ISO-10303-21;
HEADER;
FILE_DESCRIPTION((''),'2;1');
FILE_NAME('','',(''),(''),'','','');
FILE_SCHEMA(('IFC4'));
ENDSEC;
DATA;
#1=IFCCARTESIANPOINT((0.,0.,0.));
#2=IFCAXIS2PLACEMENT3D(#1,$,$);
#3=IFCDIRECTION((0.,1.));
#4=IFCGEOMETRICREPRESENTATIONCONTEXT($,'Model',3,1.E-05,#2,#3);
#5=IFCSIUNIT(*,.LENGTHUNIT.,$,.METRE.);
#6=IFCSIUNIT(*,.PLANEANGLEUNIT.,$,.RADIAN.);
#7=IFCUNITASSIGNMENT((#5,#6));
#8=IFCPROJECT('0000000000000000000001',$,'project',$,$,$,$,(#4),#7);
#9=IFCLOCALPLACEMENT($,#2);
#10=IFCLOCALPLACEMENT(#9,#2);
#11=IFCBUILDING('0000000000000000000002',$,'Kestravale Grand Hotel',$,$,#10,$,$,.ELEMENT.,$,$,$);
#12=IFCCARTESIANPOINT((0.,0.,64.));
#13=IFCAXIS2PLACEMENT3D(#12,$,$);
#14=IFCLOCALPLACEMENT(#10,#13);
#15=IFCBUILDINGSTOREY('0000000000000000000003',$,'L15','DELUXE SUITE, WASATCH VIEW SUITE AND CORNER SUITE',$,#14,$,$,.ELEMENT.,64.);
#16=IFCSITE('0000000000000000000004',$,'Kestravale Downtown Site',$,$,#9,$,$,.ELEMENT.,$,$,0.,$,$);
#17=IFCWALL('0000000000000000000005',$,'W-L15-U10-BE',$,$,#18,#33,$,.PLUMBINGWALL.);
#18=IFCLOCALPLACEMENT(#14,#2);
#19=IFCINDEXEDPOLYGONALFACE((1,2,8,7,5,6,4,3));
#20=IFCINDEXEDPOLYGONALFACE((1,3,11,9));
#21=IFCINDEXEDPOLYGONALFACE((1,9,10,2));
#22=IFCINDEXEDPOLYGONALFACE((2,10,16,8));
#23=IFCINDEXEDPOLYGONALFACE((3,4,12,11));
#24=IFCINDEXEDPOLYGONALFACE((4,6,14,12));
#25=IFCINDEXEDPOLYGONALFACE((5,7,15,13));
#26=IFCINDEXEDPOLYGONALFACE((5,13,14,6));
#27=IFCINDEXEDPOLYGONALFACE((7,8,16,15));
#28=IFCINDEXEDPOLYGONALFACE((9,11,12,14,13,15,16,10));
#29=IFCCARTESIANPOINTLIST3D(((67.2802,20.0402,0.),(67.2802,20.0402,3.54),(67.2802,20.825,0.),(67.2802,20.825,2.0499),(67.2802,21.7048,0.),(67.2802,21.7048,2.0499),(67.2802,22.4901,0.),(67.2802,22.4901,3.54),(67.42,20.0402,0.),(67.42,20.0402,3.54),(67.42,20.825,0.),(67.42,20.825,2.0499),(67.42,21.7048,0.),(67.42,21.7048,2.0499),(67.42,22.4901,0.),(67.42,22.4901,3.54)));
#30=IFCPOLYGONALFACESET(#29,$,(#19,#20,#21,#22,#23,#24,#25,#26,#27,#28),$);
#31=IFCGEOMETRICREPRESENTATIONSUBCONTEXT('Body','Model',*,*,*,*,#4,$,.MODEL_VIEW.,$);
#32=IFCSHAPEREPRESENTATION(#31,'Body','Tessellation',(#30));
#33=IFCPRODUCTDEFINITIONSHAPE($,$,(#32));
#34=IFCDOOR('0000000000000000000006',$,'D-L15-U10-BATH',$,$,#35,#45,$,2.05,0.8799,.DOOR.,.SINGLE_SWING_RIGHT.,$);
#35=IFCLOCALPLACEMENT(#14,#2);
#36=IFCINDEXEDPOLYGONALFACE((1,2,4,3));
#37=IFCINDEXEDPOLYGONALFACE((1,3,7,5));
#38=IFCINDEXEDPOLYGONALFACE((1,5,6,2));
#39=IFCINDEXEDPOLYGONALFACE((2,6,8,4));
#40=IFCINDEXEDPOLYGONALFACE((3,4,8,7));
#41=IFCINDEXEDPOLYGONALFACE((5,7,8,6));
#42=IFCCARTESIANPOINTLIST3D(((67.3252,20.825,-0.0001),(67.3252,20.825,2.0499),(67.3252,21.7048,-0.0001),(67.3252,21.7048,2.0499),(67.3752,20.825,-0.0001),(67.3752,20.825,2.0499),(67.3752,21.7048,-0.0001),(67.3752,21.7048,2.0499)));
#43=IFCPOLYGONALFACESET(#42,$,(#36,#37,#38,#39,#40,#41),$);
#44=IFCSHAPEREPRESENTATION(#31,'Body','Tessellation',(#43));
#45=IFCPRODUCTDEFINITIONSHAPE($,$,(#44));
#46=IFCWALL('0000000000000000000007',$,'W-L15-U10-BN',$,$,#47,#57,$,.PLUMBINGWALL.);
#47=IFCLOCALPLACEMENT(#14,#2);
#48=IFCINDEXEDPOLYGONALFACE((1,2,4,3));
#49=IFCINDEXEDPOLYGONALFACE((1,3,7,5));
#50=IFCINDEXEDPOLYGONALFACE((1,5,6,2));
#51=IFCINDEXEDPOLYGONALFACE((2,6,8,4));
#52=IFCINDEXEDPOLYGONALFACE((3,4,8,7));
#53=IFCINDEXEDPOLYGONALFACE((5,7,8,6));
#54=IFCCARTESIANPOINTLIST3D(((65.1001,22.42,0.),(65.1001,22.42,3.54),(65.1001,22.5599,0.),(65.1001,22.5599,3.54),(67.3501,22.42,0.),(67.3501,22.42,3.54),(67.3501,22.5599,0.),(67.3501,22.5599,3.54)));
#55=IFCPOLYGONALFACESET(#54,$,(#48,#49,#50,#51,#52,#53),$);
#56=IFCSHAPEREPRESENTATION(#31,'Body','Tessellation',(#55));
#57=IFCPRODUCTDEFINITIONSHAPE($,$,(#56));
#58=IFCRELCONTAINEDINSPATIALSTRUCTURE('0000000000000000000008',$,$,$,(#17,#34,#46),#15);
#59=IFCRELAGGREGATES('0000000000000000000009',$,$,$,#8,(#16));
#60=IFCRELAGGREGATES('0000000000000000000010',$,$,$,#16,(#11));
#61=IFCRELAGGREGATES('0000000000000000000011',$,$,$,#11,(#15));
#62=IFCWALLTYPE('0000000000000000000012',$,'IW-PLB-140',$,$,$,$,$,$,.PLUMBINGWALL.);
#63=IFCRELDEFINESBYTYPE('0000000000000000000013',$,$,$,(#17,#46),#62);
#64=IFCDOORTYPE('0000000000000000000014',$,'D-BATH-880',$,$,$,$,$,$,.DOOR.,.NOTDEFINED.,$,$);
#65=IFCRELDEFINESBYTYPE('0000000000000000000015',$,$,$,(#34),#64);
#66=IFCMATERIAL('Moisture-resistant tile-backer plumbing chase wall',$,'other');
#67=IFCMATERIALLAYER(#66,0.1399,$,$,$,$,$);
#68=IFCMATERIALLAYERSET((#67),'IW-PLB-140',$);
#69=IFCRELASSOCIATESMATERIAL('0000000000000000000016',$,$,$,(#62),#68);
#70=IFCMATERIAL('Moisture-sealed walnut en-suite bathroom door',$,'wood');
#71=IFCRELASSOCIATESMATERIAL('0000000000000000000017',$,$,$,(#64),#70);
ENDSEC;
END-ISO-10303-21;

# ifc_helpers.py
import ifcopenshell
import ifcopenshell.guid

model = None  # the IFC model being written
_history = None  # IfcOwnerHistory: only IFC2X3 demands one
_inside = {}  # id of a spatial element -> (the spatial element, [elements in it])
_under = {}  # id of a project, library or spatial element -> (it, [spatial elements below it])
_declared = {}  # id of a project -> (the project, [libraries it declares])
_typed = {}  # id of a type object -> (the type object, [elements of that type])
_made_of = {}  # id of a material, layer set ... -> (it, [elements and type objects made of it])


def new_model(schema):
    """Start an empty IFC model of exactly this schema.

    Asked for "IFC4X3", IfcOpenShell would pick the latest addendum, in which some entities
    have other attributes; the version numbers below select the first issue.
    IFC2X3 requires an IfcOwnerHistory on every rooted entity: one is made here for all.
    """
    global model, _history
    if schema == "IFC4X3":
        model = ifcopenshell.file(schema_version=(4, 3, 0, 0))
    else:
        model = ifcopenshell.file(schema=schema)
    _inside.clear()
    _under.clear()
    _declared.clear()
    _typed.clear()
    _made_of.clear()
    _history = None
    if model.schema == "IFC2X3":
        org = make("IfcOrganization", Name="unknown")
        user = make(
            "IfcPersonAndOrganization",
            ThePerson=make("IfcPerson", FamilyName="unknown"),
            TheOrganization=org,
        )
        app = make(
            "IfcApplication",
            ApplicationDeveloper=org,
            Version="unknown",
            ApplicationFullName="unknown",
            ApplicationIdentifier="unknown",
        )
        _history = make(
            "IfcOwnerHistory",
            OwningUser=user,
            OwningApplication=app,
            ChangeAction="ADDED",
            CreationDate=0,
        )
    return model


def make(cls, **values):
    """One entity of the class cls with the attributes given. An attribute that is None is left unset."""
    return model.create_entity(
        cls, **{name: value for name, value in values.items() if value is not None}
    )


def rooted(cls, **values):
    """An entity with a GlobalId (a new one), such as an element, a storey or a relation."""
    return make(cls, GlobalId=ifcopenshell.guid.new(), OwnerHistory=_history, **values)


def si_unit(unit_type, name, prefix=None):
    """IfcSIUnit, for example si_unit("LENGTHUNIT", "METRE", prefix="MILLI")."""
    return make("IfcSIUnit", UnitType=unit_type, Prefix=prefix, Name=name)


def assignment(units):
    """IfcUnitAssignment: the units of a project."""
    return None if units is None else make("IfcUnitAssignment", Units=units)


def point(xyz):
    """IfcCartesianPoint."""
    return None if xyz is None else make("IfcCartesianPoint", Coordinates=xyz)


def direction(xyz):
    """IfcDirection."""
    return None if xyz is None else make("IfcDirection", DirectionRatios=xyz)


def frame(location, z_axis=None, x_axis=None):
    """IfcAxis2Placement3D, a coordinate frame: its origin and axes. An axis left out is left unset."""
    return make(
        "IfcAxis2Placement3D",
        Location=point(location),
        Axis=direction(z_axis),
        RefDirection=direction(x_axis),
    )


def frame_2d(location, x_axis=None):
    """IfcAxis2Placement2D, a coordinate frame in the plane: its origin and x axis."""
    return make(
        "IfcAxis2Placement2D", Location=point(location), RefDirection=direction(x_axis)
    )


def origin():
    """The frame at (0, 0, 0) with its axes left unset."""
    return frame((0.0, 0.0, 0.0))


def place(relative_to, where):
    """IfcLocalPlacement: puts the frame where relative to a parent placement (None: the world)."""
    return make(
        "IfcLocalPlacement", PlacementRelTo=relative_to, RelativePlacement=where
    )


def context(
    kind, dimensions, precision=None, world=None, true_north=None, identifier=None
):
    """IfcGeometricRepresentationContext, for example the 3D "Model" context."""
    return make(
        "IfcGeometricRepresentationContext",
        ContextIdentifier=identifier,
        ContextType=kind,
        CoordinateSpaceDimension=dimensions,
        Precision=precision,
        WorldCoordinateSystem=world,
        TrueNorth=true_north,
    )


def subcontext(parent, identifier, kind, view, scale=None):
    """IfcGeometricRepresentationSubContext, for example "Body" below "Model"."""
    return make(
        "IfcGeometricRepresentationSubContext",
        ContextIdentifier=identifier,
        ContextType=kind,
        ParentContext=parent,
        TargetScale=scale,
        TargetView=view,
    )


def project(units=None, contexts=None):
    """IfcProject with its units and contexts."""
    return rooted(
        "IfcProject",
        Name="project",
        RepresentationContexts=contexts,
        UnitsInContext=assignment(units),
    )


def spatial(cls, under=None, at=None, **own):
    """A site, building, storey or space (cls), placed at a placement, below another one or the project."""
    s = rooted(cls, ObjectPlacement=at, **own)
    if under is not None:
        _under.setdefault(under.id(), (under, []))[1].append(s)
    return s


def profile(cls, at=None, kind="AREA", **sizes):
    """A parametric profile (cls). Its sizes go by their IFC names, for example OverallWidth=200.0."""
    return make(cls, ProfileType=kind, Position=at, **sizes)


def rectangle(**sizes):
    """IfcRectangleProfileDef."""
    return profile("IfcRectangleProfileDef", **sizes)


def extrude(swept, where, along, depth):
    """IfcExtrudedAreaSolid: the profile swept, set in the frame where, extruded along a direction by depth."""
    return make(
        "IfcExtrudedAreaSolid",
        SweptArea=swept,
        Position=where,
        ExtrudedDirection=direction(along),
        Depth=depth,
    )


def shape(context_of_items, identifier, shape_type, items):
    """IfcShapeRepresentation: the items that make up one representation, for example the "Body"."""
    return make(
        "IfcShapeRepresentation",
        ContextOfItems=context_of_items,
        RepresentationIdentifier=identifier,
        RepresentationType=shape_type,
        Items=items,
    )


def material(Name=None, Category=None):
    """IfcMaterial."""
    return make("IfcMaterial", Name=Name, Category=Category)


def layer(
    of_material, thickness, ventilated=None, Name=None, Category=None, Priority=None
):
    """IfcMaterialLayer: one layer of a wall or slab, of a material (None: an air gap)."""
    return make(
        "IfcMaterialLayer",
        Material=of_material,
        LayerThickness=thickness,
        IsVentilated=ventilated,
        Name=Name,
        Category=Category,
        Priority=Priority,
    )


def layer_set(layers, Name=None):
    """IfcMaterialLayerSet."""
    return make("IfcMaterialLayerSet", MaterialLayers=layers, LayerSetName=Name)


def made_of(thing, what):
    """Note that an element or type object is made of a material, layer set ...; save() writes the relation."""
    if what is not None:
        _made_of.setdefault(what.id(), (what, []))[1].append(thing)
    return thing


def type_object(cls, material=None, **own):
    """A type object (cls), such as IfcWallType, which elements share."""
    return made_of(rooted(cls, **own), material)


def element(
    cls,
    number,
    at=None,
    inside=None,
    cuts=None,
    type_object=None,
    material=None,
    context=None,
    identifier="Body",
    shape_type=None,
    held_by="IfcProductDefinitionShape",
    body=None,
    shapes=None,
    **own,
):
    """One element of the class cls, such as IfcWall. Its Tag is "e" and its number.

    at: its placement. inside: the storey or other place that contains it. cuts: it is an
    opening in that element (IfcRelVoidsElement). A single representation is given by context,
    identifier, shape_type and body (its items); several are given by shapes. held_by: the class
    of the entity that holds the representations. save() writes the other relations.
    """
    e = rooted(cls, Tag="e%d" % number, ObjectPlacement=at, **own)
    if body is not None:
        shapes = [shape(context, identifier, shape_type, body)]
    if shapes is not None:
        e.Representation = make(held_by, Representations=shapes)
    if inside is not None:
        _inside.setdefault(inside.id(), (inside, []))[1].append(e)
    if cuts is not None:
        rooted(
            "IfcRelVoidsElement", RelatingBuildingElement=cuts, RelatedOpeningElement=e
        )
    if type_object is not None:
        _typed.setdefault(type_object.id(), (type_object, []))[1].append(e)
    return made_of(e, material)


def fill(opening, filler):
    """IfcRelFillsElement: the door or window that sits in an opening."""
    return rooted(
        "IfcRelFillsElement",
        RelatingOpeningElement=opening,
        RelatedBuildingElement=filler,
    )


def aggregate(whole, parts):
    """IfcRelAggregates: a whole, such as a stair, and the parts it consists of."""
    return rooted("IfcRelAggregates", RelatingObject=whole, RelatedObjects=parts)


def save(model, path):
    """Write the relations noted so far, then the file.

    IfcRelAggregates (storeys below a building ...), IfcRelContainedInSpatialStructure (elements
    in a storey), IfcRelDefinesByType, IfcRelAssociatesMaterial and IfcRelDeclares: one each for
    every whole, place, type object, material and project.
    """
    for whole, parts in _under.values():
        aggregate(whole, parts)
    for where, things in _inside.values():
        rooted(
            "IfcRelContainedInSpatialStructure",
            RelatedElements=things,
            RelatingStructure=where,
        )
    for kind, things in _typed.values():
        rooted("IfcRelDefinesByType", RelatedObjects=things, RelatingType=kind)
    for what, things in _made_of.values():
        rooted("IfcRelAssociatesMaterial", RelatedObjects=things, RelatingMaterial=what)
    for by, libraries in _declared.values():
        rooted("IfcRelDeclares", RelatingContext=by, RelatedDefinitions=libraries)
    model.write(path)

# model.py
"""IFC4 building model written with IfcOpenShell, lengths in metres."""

from ifc_helpers import new_model, si_unit, direction, frame, frame_2d, origin, place, context, subcontext, project, spatial, rectangle, extrude, material, layer, layer_set, type_object, element, fill, save


model = new_model("IFC4")

# Units and contexts
model_context = context("Model", 3, precision=1e-05, world=origin(), true_north=direction((0.0, 1.0)))
body_context = subcontext(model_context, "Body", "Model", "MODEL_VIEW")
ifc_project = project(units=[si_unit("LENGTHUNIT", "METRE"), si_unit("PLANEANGLEUNIT", "RADIAN")], contexts=[model_context])

# Site, building, storey
site_placement = place(None, origin())
site = spatial("IfcSite", under=ifc_project, at=site_placement, Name="Kestravale Downtown Site", CompositionType="ELEMENT", RefElevation=0.0)
building_placement = place(site_placement, origin())
building = spatial("IfcBuilding", under=site, at=building_placement, Name="Kestravale Grand Hotel", CompositionType="ELEMENT")
storey_placement = place(building_placement, frame((0.0, 0.0, 64.0)))
storey = spatial("IfcBuildingStorey", under=building, at=storey_placement, Name="L15", Description="DELUXE SUITE, WASATCH VIEW SUITE AND CORNER SUITE", CompositionType="ELEMENT", Elevation=64.0)

# Shared definitions
ifc_material_1 = material(Name="Moisture-resistant tile-backer plumbing chase wall", Category="other")
ifc_layer_1 = layer(ifc_material_1, 0.1399)
ifc_layer_set_1 = layer_set([ifc_layer_1], Name="IW-PLB-140")
wall_type_1 = type_object("IfcWallType", Name="IW-PLB-140", PredefinedType="PLUMBINGWALL", material=ifc_layer_set_1)

# Shared definitions
ifc_material_2 = material(Name="Moisture-sealed walnut en-suite bathroom door", Category="wood")
door_type = type_object("IfcDoorType", Name="D-BATH-880", OperationType="NOTDEFINED", PredefinedType="DOOR", material=ifc_material_2)

# Wall, opening, door
wall_1_placement = place(storey_placement, frame((67.3501, 20.04, 0.0), z_axis=(0.0, 0.0, 1.0), x_axis=(0.0, 1.0, 0.0)))
wall_1 = element("IfcWall", 1, at=wall_1_placement, inside=storey, type_object=wall_type_1, Name="W-L15-U10-BE", PredefinedType="PLUMBINGWALL", context=body_context, shape_type="SweptSolid", body=[
    extrude(rectangle(XDim=2.45, YDim=0.1399, at=frame_2d((1.2251, 0.0))), origin(), (0.0, 0.0, 1.0), 3.54),
])
opening_1_placement = place(wall_1_placement, frame((0.7849, 0.0, 0.0)))
opening_1 = element("IfcOpeningElement", 2, at=opening_1_placement, cuts=wall_1, PredefinedType="OPENING", context=body_context, shape_type="SweptSolid", body=[
    extrude(rectangle(XDim=0.8799, YDim=2.05, at=frame_2d((0.4399, 1.0249))), frame((0.0, 0.0798, 0.0), z_axis=(0.0, -1.0, 0.0), x_axis=(1.0, 0.0, 0.0)), (0.0, 0.0, 1.0), 0.1599),
])
door_1_placement = place(opening_1_placement, origin())
door_1 = element("IfcDoor", 3, at=door_1_placement, inside=storey, type_object=door_type, Name="D-L15-U10-BATH", OperationType="SINGLE_SWING_RIGHT", OverallHeight=2.05, OverallWidth=0.8799, PredefinedType="DOOR", context=body_context, shape_type="SweptSolid", body=[
    extrude(rectangle(XDim=0.8799, YDim=2.05, at=frame_2d((0.4399, 1.0249))), frame((0.0, 0.0249, 0.0), z_axis=(0.0, -1.0, 0.0), x_axis=(1.0, 0.0, 0.0)), (0.0, 0.0, 1.0), 0.05),
])
fill(opening_1, door_1)

# Wall
wall_2_placement = place(storey_placement, frame((65.1001, 22.49, 0.0), z_axis=(0.0, 0.0, 1.0), x_axis=(1.0, 0.0, 0.0)))
element("IfcWall", 4, at=wall_2_placement, inside=storey, type_object=wall_type_1, Name="W-L15-U10-BN", PredefinedType="PLUMBINGWALL", context=body_context, shape_type="SweptSolid", body=[
    extrude(rectangle(XDim=2.25, YDim=0.1399, at=frame_2d((1.125, 0.0))), origin(), (0.0, 0.0, 1.0), 3.54),
])

save(model, "model.ifc")
